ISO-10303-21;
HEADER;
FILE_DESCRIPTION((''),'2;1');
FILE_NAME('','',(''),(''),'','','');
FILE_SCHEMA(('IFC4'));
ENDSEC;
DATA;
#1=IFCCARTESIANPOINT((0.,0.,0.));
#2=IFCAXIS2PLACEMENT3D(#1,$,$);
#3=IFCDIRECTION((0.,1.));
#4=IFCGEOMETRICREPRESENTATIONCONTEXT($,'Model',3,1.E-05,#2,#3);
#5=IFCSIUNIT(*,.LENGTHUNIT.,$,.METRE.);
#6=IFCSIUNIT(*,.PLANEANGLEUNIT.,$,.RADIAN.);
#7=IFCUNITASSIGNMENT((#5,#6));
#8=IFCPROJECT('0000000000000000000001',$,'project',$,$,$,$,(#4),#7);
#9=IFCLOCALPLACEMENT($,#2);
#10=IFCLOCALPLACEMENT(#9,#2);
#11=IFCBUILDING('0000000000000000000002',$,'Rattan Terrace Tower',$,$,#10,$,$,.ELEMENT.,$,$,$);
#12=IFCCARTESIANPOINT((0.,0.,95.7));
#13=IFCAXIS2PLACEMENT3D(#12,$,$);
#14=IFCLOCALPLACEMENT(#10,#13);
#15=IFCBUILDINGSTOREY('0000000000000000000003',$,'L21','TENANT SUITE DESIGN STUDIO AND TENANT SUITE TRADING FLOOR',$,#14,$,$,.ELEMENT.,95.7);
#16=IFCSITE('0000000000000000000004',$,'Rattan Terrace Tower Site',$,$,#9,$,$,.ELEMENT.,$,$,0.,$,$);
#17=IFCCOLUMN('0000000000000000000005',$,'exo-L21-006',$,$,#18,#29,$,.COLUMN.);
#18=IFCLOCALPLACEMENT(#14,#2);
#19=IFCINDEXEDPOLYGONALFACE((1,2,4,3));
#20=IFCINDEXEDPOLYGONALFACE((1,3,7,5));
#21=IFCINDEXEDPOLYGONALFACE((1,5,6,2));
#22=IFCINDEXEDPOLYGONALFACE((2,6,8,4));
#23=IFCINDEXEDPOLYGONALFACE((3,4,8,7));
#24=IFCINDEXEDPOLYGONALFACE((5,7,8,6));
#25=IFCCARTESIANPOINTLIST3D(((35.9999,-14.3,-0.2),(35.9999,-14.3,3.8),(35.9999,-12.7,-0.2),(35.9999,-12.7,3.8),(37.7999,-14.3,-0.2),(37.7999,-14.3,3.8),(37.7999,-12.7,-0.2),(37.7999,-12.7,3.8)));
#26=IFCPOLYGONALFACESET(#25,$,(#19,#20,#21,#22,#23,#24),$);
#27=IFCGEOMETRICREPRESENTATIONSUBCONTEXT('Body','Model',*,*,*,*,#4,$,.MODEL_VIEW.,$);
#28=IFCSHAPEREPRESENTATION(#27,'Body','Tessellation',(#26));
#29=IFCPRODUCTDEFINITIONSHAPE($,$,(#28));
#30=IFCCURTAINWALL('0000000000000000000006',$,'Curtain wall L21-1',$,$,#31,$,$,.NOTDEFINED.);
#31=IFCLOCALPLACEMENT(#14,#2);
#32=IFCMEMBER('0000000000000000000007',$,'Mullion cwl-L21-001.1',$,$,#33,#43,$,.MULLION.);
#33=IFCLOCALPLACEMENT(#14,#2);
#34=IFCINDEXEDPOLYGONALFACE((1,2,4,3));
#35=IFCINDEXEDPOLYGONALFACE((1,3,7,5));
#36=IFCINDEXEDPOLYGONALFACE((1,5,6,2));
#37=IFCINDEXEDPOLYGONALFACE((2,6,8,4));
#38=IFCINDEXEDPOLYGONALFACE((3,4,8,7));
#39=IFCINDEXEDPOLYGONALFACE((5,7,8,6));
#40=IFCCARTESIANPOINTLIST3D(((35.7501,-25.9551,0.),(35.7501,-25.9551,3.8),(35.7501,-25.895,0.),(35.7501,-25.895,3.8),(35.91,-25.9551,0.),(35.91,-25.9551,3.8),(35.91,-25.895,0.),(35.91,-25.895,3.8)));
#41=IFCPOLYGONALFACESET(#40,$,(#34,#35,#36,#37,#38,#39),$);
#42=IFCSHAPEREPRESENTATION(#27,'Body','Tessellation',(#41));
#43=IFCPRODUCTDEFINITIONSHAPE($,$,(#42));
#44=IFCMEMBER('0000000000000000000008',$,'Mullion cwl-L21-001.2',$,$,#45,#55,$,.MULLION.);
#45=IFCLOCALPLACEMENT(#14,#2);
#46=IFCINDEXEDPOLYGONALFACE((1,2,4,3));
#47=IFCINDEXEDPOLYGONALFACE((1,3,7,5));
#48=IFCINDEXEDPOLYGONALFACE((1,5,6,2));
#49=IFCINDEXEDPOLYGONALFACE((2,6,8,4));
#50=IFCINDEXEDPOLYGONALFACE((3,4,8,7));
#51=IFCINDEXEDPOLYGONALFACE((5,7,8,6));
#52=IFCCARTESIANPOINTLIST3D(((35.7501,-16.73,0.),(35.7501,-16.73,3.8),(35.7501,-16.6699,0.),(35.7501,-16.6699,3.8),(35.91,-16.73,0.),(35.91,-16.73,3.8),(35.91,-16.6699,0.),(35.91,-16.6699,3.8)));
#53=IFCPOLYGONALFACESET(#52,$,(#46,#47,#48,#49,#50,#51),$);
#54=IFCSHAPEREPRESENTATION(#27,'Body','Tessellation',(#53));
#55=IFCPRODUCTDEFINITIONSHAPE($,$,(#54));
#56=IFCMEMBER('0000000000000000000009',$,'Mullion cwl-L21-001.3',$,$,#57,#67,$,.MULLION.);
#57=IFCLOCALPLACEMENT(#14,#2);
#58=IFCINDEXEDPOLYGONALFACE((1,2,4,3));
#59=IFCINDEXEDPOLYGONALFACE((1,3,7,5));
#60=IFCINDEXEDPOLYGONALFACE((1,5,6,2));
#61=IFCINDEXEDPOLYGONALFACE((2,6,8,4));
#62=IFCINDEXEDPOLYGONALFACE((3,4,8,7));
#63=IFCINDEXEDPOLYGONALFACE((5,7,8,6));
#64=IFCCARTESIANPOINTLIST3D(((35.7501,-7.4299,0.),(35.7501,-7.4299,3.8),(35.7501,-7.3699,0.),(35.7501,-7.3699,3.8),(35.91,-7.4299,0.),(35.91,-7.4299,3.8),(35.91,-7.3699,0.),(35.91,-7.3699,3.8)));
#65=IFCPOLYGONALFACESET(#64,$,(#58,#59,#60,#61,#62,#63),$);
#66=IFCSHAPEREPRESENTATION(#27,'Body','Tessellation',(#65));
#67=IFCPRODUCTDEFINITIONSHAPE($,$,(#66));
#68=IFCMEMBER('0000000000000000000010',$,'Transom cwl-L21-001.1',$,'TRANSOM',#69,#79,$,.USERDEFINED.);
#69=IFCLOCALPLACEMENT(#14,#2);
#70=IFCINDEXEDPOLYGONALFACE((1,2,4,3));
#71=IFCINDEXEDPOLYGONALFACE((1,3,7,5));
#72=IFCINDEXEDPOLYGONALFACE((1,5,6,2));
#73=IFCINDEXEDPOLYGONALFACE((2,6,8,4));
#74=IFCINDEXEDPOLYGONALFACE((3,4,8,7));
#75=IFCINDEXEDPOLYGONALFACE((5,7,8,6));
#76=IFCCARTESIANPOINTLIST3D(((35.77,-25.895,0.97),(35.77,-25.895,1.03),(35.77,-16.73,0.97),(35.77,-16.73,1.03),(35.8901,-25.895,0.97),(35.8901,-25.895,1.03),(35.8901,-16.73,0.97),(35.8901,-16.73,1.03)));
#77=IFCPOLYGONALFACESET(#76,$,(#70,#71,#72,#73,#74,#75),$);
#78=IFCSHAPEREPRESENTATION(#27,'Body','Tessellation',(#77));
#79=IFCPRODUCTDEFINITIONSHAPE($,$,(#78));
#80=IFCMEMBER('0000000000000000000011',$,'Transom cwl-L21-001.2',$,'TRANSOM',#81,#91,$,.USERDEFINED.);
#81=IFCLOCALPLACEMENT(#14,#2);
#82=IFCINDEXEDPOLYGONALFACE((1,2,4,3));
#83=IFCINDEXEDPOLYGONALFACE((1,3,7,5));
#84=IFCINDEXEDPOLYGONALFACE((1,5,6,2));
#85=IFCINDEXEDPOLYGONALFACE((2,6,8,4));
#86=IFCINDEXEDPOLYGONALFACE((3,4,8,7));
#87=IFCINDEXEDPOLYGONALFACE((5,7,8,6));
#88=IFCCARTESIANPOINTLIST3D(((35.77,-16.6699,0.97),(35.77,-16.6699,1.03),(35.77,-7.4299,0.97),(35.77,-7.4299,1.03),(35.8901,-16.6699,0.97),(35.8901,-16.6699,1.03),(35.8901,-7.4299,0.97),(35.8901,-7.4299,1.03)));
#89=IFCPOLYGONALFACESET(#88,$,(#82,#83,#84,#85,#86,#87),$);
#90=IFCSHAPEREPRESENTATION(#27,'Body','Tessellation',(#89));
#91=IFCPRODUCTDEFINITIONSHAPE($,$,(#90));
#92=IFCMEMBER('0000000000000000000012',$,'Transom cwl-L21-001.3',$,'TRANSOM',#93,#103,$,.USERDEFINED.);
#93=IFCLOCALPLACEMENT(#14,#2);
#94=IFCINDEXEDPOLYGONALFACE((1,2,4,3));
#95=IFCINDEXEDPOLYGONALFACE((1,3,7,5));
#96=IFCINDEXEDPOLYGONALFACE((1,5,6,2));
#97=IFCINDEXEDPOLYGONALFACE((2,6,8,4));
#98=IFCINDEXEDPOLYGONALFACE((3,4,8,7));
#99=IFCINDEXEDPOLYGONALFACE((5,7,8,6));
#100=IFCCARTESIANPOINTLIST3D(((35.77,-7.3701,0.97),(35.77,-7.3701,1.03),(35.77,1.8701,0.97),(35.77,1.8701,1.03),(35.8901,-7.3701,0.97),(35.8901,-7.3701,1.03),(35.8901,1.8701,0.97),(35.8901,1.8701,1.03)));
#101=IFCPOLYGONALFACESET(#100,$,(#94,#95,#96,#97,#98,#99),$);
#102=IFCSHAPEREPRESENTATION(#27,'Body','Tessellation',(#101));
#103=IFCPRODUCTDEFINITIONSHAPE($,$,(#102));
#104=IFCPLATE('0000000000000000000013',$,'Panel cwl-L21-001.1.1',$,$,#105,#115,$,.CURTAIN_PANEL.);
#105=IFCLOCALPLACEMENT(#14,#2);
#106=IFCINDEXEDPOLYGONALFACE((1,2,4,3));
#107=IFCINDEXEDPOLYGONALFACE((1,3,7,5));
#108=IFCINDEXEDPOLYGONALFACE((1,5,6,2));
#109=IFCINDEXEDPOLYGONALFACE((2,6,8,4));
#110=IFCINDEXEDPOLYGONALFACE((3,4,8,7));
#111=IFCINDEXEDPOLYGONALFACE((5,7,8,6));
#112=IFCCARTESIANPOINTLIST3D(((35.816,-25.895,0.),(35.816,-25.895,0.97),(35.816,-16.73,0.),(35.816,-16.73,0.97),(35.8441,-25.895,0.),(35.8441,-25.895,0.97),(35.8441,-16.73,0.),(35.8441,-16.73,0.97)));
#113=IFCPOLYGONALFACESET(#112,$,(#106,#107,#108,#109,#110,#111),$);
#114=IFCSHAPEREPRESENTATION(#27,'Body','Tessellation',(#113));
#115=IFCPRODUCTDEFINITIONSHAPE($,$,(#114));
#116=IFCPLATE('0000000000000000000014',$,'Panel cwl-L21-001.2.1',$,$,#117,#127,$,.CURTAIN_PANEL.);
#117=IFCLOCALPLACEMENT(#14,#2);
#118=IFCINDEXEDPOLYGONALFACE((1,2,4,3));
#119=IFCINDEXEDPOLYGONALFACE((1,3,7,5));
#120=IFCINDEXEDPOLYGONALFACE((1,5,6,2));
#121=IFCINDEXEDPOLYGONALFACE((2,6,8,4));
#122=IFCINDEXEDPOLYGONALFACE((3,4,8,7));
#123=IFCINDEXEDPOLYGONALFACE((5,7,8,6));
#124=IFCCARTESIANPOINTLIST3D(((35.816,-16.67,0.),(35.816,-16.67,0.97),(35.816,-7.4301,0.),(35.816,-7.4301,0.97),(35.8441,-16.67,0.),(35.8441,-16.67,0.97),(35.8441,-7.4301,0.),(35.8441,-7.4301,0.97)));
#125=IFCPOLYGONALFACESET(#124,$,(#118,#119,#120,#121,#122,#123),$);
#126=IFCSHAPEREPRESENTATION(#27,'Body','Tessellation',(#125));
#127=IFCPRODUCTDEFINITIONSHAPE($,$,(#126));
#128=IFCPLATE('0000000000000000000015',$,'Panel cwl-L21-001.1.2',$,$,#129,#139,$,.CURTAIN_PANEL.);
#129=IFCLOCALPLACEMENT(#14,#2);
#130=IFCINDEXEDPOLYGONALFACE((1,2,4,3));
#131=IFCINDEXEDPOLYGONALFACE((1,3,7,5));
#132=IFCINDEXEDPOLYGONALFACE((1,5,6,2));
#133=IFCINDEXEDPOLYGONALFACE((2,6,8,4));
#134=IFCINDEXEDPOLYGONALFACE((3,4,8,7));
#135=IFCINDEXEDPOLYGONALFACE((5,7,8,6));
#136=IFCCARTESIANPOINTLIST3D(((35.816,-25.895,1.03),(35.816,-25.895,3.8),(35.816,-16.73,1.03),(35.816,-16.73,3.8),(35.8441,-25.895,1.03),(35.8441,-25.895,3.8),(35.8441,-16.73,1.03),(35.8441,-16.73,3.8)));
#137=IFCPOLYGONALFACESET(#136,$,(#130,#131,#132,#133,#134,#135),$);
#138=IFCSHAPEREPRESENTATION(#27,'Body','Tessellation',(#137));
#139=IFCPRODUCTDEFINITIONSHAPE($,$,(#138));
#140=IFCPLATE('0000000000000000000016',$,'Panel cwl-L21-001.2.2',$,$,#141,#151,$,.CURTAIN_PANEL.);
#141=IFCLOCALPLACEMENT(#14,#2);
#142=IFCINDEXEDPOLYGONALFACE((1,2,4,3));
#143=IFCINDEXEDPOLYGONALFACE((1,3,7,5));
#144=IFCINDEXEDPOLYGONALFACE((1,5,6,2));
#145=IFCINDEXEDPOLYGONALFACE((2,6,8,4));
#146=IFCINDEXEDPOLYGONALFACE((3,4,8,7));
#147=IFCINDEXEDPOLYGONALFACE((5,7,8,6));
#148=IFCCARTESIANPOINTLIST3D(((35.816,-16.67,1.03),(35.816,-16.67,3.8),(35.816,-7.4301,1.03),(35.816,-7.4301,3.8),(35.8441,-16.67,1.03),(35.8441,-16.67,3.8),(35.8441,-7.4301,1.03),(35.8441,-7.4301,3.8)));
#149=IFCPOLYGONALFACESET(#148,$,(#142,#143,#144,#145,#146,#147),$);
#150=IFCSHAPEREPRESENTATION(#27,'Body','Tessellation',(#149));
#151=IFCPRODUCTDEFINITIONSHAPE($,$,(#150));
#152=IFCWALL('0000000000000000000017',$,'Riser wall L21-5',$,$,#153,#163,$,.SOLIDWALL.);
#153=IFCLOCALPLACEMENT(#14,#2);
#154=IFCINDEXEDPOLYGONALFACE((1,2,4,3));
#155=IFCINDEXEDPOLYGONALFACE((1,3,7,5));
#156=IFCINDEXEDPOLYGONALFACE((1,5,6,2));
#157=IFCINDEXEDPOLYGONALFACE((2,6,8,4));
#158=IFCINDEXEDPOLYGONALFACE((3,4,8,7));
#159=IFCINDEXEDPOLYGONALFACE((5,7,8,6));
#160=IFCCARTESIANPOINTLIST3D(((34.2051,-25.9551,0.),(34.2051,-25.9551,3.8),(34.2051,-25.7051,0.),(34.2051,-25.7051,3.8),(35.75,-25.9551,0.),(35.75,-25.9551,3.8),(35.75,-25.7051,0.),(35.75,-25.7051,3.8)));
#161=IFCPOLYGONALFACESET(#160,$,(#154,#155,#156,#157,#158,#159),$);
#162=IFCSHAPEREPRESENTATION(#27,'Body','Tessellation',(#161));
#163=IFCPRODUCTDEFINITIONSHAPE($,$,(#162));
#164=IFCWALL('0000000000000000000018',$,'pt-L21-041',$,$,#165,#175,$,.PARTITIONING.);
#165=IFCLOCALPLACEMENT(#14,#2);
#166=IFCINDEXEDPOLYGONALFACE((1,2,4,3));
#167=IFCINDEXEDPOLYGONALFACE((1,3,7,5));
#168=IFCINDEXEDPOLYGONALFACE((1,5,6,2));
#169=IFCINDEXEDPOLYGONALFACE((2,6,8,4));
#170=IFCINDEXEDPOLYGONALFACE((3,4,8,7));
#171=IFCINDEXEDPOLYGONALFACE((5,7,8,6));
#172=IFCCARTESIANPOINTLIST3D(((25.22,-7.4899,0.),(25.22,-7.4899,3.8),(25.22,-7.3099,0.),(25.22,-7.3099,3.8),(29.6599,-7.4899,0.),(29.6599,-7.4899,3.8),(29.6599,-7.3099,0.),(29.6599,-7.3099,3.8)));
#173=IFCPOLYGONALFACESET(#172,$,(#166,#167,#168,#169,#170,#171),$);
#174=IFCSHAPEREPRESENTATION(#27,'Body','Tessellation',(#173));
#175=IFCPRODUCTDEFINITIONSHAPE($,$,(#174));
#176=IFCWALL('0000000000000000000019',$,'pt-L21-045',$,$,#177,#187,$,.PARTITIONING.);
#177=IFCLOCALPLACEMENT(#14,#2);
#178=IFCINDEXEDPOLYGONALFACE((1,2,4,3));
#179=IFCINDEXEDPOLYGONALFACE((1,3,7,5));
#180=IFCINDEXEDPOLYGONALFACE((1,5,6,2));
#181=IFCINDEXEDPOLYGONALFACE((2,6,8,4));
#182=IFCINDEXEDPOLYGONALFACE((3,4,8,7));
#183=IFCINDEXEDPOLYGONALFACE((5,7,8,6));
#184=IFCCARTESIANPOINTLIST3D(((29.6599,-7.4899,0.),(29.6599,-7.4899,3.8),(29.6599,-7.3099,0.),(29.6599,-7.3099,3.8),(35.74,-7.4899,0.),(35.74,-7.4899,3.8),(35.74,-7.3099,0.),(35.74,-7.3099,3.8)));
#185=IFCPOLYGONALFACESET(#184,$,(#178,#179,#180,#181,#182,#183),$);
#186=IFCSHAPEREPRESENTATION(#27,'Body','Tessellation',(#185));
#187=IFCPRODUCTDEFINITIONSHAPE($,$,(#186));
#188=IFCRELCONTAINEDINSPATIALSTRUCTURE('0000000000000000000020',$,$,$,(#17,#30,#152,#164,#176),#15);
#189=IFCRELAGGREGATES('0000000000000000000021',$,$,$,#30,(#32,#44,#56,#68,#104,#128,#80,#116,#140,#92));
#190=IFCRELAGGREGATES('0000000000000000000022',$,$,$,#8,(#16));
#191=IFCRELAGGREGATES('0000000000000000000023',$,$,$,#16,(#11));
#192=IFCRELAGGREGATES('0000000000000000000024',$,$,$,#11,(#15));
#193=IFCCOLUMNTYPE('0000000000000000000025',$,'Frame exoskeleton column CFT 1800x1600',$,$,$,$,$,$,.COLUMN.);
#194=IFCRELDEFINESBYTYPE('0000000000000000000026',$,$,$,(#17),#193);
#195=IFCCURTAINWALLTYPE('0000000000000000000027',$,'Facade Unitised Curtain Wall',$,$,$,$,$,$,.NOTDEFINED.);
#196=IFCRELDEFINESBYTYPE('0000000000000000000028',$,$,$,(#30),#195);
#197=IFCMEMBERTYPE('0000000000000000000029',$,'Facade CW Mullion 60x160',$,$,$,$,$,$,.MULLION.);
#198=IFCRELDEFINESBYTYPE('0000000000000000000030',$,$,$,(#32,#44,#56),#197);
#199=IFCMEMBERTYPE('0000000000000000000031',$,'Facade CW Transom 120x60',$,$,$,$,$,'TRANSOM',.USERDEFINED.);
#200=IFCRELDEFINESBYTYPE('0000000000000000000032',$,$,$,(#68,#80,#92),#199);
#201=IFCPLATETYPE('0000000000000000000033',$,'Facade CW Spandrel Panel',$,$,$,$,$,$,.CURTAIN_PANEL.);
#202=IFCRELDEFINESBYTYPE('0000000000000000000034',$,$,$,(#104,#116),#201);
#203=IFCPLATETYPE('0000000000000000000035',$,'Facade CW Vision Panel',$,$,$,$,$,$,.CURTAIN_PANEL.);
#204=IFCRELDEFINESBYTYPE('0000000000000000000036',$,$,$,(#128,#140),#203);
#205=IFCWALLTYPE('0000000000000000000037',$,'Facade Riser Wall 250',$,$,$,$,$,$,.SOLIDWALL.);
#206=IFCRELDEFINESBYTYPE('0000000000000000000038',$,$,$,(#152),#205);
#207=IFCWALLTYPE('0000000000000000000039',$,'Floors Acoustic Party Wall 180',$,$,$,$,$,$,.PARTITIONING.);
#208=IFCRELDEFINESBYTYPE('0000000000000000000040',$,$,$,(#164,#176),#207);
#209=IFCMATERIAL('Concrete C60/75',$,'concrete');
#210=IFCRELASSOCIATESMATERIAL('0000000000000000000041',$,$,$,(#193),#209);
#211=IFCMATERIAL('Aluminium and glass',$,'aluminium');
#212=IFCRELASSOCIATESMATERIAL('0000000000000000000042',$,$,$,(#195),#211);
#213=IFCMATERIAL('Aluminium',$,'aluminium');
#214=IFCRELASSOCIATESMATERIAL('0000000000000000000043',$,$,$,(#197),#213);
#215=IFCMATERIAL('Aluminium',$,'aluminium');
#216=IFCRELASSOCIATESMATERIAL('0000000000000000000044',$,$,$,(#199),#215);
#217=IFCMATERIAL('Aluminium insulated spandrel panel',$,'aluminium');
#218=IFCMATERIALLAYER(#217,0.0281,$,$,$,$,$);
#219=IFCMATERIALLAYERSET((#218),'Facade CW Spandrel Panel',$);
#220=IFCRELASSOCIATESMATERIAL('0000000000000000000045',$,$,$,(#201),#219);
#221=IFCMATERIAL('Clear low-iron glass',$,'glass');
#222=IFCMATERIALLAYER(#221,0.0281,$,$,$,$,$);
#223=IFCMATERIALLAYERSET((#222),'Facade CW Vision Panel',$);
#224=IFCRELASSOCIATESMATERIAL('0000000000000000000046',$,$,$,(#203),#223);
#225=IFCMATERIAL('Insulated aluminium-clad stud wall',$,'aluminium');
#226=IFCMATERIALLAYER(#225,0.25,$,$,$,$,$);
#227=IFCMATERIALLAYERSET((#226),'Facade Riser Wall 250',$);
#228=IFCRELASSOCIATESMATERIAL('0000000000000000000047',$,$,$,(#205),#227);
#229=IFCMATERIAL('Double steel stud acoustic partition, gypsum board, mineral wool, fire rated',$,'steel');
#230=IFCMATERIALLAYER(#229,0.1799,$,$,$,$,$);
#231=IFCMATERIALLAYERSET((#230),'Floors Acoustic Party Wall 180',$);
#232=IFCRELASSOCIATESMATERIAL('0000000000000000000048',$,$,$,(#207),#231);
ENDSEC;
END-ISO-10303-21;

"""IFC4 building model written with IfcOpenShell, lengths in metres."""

from ifc_helpers import new_model, si_unit, direction, frame, frame_2d, origin, origin_2d, place, context, subcontext, project, spatial, rectangle, extrude, material, layer, layer_set, material_profile, profile_set, type_object, element, aggregate, save


model = new_model("IFC4")

# Units and contexts
model_context = context("Model", 3, precision=1e-05, world=origin(), true_north=direction((0.0, 1.0)))
body_context = subcontext(model_context, "Body", "Model", "MODEL_VIEW")
ifc_project = project(units=[si_unit("LENGTHUNIT", "METRE"), si_unit("PLANEANGLEUNIT", "RADIAN")], contexts=[model_context])

# Site, building, storey
site_placement = place(None, origin())
site = spatial("IfcSite", under=ifc_project, at=site_placement, Name="Rattan Terrace Tower Site", CompositionType="ELEMENT", RefElevation=0.0)
building_placement = place(site_placement, origin())
building = spatial("IfcBuilding", under=site, at=building_placement, Name="Rattan Terrace Tower", CompositionType="ELEMENT")
storey_placement = place(building_placement, frame((0.0, 0.0, 95.7)))
storey = spatial("IfcBuildingStorey", under=building, at=storey_placement, Name="L21", Description="TENANT SUITE DESIGN STUDIO AND TENANT SUITE TRADING FLOOR", CompositionType="ELEMENT", Elevation=95.7)

# Column
ifc_material_1 = material(Name="Concrete C60/75", Category="concrete")
ifc_material_profile_1 = material_profile(ifc_material_1, rectangle(XDim=1.6001, YDim=1.8, at=origin_2d()), Name="CFT 1800x1600")
ifc_profile_set_1 = profile_set([ifc_material_profile_1], Name="Concrete C60/75")
column_type = type_object("IfcColumnType", Name="Frame exoskeleton column CFT 1800x1600", PredefinedType="COLUMN", material=ifc_profile_set_1)
column_placement = place(storey_placement, frame((36.8999, -13.5, -0.2), z_axis=(0.0, 0.0, 1.0), x_axis=(0.0, 1.0, 0.0)))
element("IfcColumn", 1, at=column_placement, inside=storey, type_object=column_type, Name="exo-L21-006", PredefinedType="COLUMN", context=body_context, shape_type="SweptSolid", body=[
    extrude(rectangle(XDim=1.6001, YDim=1.8, at=origin_2d()), origin(), (0.0, 0.0, 1.0), 4.0),
])

# Curtain wall, members, plates
ifc_material_2 = material(Name="Aluminium and glass", Category="aluminium")
curtain_wall_type = type_object("IfcCurtainWallType", Name="Facade Unitised Curtain Wall", PredefinedType="NOTDEFINED", material=ifc_material_2)
curtain_wall_placement = place(storey_placement, origin())
curtain_wall = element("IfcCurtainWall", 2, at=curtain_wall_placement, inside=storey, type_object=curtain_wall_type, Name="Curtain wall L21-1", PredefinedType="NOTDEFINED")
ifc_material_3 = material(Name="Aluminium", Category="aluminium")
ifc_material_profile_2 = material_profile(ifc_material_3, rectangle(XDim=0.0601, YDim=0.1599, at=origin_2d()), Name="Aluminium 60x160")
ifc_profile_set_2 = profile_set([ifc_material_profile_2], Name="Aluminium")
member_type_1 = type_object("IfcMemberType", Name="Facade CW Mullion 60x160", PredefinedType="MULLION", material=ifc_profile_set_2)
member_1_placement = place(storey_placement, frame((35.8301, -25.925, 0.0), z_axis=(0.0, 0.0, 1.0), x_axis=(0.0, 1.0, 0.0)))
member_1 = element("IfcMember", 3, at=member_1_placement, type_object=member_type_1, Name="Mullion cwl-L21-001.1", PredefinedType="MULLION", context=body_context, shape_type="SweptSolid", body=[
    extrude(rectangle(XDim=0.0601, YDim=0.1599, at=origin_2d()), origin(), (0.0, 0.0, 1.0), 3.8),
])
member_2_placement = place(storey_placement, frame((35.8301, -16.7, 0.0), z_axis=(0.0, 0.0, 1.0), x_axis=(0.0, 1.0, 0.0)))
member_2 = element("IfcMember", 4, at=member_2_placement, type_object=member_type_1, Name="Mullion cwl-L21-001.2", PredefinedType="MULLION", context=body_context, shape_type="SweptSolid", body=[
    extrude(rectangle(XDim=0.0601, YDim=0.1599, at=origin_2d()), origin(), (0.0, 0.0, 1.0), 3.8),
])
member_3_placement = place(storey_placement, frame((35.8301, -7.3999, 0.0), z_axis=(0.0, 0.0, 1.0), x_axis=(0.0, 1.0, 0.0)))
member_3 = element("IfcMember", 5, at=member_3_placement, type_object=member_type_1, Name="Mullion cwl-L21-001.3", PredefinedType="MULLION", context=body_context, shape_type="SweptSolid", body=[
    extrude(rectangle(XDim=0.0601, YDim=0.1599, at=origin_2d()), origin(), (0.0, 0.0, 1.0), 3.8),
])
ifc_material_4 = material(Name="Aluminium", Category="aluminium")
ifc_material_profile_3 = material_profile(ifc_material_4, rectangle(XDim=0.1201, YDim=0.0601, at=origin_2d()), Name="Aluminium 120x60")
ifc_profile_set_3 = profile_set([ifc_material_profile_3], Name="Aluminium")
member_type_2 = type_object("IfcMemberType", Name="Facade CW Transom 120x60", ElementType="TRANSOM", PredefinedType="USERDEFINED", material=ifc_profile_set_3)
member_4_placement = place(storey_placement, frame((35.8301, -25.895, 1.0), z_axis=(0.0, 1.0, 0.0), x_axis=(-1.0, 0.0, 0.0)))
member_4 = element("IfcMember", 6, at=member_4_placement, type_object=member_type_2, Name="Transom cwl-L21-001.1", ObjectType="TRANSOM", PredefinedType="USERDEFINED", context=body_context, shape_type="SweptSolid", body=[
    extrude(rectangle(XDim=0.1201, YDim=0.0601, at=origin_2d()), origin(), (0.0, 0.0, 1.0), 9.165),
])
member_5_placement = place(storey_placement, frame((35.8301, -16.6699, 1.0), z_axis=(0.0, 1.0, 0.0), x_axis=(-1.0, 0.0, 0.0)))
member_5 = element("IfcMember", 7, at=member_5_placement, type_object=member_type_2, Name="Transom cwl-L21-001.2", ObjectType="TRANSOM", PredefinedType="USERDEFINED", context=body_context, shape_type="SweptSolid", body=[
    extrude(rectangle(XDim=0.1201, YDim=0.0601, at=origin_2d()), origin(), (0.0, 0.0, 1.0), 9.24),
])
member_6_placement = place(storey_placement, frame((35.8301, -7.3701, 1.0), z_axis=(0.0, 1.0, 0.0), x_axis=(-1.0, 0.0, 0.0)))
member_6 = element("IfcMember", 8, at=member_6_placement, type_object=member_type_2, Name="Transom cwl-L21-001.3", ObjectType="TRANSOM", PredefinedType="USERDEFINED", context=body_context, shape_type="SweptSolid", body=[
    extrude(rectangle(XDim=0.1201, YDim=0.0601, at=origin_2d()), origin(), (0.0, 0.0, 1.0), 9.2402),
])
ifc_material_5 = material(Name="Aluminium insulated spandrel panel", Category="aluminium")
ifc_layer_1 = layer(ifc_material_5, 0.0281)
ifc_layer_set_1 = layer_set([ifc_layer_1], Name="Facade CW Spandrel Panel")
plate_type_1 = type_object("IfcPlateType", Name="Facade CW Spandrel Panel", PredefinedType="CURTAIN_PANEL", material=ifc_layer_set_1)
plate_1_placement = place(storey_placement, frame((35.8301, -21.3125, 0.0), z_axis=(0.0, 0.0, 1.0), x_axis=(0.0, 1.0, 0.0)))
plate_1 = element("IfcPlate", 9, at=plate_1_placement, type_object=plate_type_1, Name="Panel cwl-L21-001.1.1", PredefinedType="CURTAIN_PANEL", context=body_context, shape_type="SweptSolid", body=[
    extrude(rectangle(XDim=9.165, YDim=0.0281, at=origin_2d()), origin(), (0.0, 0.0, 1.0), 0.97),
])
plate_2_placement = place(storey_placement, frame((35.8301, -12.05, 0.0), z_axis=(0.0, 0.0, 1.0), x_axis=(0.0, 1.0, 0.0)))
plate_2 = element("IfcPlate", 10, at=plate_2_placement, type_object=plate_type_1, Name="Panel cwl-L21-001.2.1", PredefinedType="CURTAIN_PANEL", context=body_context, shape_type="SweptSolid", body=[
    extrude(rectangle(XDim=9.24, YDim=0.0281, at=origin_2d()), origin(), (0.0, 0.0, 1.0), 0.97),
])
ifc_material_6 = material(Name="Clear low-iron glass", Category="glass")
ifc_layer_2 = layer(ifc_material_6, 0.0281)
ifc_layer_set_2 = layer_set([ifc_layer_2], Name="Facade CW Vision Panel")
plate_type_2 = type_object("IfcPlateType", Name="Facade CW Vision Panel", PredefinedType="CURTAIN_PANEL", material=ifc_layer_set_2)
plate_3_placement = place(storey_placement, frame((35.8301, -21.3125, 1.03), z_axis=(0.0, 0.0, 1.0), x_axis=(0.0, 1.0, 0.0)))
plate_3 = element("IfcPlate", 11, at=plate_3_placement, type_object=plate_type_2, Name="Panel cwl-L21-001.1.2", PredefinedType="CURTAIN_PANEL", context=body_context, shape_type="SweptSolid", body=[
    extrude(rectangle(XDim=9.165, YDim=0.0281, at=origin_2d()), origin(), (0.0, 0.0, 1.0), 2.77),
])
plate_4_placement = place(storey_placement, frame((35.8301, -12.05, 1.03), z_axis=(0.0, 0.0, 1.0), x_axis=(0.0, 1.0, 0.0)))
plate_4 = element("IfcPlate", 12, at=plate_4_placement, type_object=plate_type_2, Name="Panel cwl-L21-001.2.2", PredefinedType="CURTAIN_PANEL", context=body_context, shape_type="SweptSolid", body=[
    extrude(rectangle(XDim=9.24, YDim=0.0281, at=origin_2d()), origin(), (0.0, 0.0, 1.0), 2.77),
])
aggregate(curtain_wall, [member_1, member_2, member_3, member_4, plate_1, plate_3, member_5, plate_2, plate_4, member_6])

# Walls
ifc_material_7 = material(Name="Insulated aluminium-clad stud wall", Category="aluminium")
ifc_layer_3 = layer(ifc_material_7, 0.25)
ifc_layer_set_3 = layer_set([ifc_layer_3], Name="Facade Riser Wall 250")
wall_type_1 = type_object("IfcWallType", Name="Facade Riser Wall 250", PredefinedType="SOLIDWALL", material=ifc_layer_set_3)
wall_1_placement = place(storey_placement, frame((34.2051, -25.8301, 0.0), z_axis=(0.0, 0.0, 1.0), x_axis=(1.0, 0.0, 0.0)))
element("IfcWall", 13, at=wall_1_placement, inside=storey, type_object=wall_type_1, Name="Riser wall L21-5", PredefinedType="SOLIDWALL", context=body_context, shape_type="SweptSolid", body=[
    extrude(rectangle(XDim=1.5449, YDim=0.25, at=frame_2d((0.7725, 0.0))), origin(), (0.0, 0.0, 1.0), 3.8),
])
ifc_material_8 = material(Name="Double steel stud acoustic partition, gypsum board, mineral wool, fire rated", Category="steel")
ifc_layer_4 = layer(ifc_material_8, 0.1799)
ifc_layer_set_4 = layer_set([ifc_layer_4], Name="Floors Acoustic Party Wall 180")
wall_type_2 = type_object("IfcWallType", Name="Floors Acoustic Party Wall 180", PredefinedType="PARTITIONING", material=ifc_layer_set_4)
wall_2_placement = place(storey_placement, frame((25.22, -7.3999, 0.0), z_axis=(0.0, 0.0, 1.0), x_axis=(1.0, 0.0, 0.0)))
element("IfcWall", 14, at=wall_2_placement, inside=storey, type_object=wall_type_2, Name="pt-L21-041", PredefinedType="PARTITIONING", context=body_context, shape_type="SweptSolid", body=[
    extrude(rectangle(XDim=4.4399, YDim=0.1799, at=frame_2d((2.22, 0.0))), origin(), (0.0, 0.0, 1.0), 3.8),
])
wall_3_placement = place(storey_placement, frame((29.6599, -7.3999, 0.0), z_axis=(0.0, 0.0, 1.0), x_axis=(1.0, 0.0, 0.0)))
element("IfcWall", 15, at=wall_3_placement, inside=storey, type_object=wall_type_2, Name="pt-L21-045", PredefinedType="PARTITIONING", context=body_context, shape_type="SweptSolid", body=[
    extrude(rectangle(XDim=6.0801, YDim=0.1799, at=frame_2d((3.04, 0.0))), origin(), (0.0, 0.0, 1.0), 3.8),
])

save(model, "model.ifc")
